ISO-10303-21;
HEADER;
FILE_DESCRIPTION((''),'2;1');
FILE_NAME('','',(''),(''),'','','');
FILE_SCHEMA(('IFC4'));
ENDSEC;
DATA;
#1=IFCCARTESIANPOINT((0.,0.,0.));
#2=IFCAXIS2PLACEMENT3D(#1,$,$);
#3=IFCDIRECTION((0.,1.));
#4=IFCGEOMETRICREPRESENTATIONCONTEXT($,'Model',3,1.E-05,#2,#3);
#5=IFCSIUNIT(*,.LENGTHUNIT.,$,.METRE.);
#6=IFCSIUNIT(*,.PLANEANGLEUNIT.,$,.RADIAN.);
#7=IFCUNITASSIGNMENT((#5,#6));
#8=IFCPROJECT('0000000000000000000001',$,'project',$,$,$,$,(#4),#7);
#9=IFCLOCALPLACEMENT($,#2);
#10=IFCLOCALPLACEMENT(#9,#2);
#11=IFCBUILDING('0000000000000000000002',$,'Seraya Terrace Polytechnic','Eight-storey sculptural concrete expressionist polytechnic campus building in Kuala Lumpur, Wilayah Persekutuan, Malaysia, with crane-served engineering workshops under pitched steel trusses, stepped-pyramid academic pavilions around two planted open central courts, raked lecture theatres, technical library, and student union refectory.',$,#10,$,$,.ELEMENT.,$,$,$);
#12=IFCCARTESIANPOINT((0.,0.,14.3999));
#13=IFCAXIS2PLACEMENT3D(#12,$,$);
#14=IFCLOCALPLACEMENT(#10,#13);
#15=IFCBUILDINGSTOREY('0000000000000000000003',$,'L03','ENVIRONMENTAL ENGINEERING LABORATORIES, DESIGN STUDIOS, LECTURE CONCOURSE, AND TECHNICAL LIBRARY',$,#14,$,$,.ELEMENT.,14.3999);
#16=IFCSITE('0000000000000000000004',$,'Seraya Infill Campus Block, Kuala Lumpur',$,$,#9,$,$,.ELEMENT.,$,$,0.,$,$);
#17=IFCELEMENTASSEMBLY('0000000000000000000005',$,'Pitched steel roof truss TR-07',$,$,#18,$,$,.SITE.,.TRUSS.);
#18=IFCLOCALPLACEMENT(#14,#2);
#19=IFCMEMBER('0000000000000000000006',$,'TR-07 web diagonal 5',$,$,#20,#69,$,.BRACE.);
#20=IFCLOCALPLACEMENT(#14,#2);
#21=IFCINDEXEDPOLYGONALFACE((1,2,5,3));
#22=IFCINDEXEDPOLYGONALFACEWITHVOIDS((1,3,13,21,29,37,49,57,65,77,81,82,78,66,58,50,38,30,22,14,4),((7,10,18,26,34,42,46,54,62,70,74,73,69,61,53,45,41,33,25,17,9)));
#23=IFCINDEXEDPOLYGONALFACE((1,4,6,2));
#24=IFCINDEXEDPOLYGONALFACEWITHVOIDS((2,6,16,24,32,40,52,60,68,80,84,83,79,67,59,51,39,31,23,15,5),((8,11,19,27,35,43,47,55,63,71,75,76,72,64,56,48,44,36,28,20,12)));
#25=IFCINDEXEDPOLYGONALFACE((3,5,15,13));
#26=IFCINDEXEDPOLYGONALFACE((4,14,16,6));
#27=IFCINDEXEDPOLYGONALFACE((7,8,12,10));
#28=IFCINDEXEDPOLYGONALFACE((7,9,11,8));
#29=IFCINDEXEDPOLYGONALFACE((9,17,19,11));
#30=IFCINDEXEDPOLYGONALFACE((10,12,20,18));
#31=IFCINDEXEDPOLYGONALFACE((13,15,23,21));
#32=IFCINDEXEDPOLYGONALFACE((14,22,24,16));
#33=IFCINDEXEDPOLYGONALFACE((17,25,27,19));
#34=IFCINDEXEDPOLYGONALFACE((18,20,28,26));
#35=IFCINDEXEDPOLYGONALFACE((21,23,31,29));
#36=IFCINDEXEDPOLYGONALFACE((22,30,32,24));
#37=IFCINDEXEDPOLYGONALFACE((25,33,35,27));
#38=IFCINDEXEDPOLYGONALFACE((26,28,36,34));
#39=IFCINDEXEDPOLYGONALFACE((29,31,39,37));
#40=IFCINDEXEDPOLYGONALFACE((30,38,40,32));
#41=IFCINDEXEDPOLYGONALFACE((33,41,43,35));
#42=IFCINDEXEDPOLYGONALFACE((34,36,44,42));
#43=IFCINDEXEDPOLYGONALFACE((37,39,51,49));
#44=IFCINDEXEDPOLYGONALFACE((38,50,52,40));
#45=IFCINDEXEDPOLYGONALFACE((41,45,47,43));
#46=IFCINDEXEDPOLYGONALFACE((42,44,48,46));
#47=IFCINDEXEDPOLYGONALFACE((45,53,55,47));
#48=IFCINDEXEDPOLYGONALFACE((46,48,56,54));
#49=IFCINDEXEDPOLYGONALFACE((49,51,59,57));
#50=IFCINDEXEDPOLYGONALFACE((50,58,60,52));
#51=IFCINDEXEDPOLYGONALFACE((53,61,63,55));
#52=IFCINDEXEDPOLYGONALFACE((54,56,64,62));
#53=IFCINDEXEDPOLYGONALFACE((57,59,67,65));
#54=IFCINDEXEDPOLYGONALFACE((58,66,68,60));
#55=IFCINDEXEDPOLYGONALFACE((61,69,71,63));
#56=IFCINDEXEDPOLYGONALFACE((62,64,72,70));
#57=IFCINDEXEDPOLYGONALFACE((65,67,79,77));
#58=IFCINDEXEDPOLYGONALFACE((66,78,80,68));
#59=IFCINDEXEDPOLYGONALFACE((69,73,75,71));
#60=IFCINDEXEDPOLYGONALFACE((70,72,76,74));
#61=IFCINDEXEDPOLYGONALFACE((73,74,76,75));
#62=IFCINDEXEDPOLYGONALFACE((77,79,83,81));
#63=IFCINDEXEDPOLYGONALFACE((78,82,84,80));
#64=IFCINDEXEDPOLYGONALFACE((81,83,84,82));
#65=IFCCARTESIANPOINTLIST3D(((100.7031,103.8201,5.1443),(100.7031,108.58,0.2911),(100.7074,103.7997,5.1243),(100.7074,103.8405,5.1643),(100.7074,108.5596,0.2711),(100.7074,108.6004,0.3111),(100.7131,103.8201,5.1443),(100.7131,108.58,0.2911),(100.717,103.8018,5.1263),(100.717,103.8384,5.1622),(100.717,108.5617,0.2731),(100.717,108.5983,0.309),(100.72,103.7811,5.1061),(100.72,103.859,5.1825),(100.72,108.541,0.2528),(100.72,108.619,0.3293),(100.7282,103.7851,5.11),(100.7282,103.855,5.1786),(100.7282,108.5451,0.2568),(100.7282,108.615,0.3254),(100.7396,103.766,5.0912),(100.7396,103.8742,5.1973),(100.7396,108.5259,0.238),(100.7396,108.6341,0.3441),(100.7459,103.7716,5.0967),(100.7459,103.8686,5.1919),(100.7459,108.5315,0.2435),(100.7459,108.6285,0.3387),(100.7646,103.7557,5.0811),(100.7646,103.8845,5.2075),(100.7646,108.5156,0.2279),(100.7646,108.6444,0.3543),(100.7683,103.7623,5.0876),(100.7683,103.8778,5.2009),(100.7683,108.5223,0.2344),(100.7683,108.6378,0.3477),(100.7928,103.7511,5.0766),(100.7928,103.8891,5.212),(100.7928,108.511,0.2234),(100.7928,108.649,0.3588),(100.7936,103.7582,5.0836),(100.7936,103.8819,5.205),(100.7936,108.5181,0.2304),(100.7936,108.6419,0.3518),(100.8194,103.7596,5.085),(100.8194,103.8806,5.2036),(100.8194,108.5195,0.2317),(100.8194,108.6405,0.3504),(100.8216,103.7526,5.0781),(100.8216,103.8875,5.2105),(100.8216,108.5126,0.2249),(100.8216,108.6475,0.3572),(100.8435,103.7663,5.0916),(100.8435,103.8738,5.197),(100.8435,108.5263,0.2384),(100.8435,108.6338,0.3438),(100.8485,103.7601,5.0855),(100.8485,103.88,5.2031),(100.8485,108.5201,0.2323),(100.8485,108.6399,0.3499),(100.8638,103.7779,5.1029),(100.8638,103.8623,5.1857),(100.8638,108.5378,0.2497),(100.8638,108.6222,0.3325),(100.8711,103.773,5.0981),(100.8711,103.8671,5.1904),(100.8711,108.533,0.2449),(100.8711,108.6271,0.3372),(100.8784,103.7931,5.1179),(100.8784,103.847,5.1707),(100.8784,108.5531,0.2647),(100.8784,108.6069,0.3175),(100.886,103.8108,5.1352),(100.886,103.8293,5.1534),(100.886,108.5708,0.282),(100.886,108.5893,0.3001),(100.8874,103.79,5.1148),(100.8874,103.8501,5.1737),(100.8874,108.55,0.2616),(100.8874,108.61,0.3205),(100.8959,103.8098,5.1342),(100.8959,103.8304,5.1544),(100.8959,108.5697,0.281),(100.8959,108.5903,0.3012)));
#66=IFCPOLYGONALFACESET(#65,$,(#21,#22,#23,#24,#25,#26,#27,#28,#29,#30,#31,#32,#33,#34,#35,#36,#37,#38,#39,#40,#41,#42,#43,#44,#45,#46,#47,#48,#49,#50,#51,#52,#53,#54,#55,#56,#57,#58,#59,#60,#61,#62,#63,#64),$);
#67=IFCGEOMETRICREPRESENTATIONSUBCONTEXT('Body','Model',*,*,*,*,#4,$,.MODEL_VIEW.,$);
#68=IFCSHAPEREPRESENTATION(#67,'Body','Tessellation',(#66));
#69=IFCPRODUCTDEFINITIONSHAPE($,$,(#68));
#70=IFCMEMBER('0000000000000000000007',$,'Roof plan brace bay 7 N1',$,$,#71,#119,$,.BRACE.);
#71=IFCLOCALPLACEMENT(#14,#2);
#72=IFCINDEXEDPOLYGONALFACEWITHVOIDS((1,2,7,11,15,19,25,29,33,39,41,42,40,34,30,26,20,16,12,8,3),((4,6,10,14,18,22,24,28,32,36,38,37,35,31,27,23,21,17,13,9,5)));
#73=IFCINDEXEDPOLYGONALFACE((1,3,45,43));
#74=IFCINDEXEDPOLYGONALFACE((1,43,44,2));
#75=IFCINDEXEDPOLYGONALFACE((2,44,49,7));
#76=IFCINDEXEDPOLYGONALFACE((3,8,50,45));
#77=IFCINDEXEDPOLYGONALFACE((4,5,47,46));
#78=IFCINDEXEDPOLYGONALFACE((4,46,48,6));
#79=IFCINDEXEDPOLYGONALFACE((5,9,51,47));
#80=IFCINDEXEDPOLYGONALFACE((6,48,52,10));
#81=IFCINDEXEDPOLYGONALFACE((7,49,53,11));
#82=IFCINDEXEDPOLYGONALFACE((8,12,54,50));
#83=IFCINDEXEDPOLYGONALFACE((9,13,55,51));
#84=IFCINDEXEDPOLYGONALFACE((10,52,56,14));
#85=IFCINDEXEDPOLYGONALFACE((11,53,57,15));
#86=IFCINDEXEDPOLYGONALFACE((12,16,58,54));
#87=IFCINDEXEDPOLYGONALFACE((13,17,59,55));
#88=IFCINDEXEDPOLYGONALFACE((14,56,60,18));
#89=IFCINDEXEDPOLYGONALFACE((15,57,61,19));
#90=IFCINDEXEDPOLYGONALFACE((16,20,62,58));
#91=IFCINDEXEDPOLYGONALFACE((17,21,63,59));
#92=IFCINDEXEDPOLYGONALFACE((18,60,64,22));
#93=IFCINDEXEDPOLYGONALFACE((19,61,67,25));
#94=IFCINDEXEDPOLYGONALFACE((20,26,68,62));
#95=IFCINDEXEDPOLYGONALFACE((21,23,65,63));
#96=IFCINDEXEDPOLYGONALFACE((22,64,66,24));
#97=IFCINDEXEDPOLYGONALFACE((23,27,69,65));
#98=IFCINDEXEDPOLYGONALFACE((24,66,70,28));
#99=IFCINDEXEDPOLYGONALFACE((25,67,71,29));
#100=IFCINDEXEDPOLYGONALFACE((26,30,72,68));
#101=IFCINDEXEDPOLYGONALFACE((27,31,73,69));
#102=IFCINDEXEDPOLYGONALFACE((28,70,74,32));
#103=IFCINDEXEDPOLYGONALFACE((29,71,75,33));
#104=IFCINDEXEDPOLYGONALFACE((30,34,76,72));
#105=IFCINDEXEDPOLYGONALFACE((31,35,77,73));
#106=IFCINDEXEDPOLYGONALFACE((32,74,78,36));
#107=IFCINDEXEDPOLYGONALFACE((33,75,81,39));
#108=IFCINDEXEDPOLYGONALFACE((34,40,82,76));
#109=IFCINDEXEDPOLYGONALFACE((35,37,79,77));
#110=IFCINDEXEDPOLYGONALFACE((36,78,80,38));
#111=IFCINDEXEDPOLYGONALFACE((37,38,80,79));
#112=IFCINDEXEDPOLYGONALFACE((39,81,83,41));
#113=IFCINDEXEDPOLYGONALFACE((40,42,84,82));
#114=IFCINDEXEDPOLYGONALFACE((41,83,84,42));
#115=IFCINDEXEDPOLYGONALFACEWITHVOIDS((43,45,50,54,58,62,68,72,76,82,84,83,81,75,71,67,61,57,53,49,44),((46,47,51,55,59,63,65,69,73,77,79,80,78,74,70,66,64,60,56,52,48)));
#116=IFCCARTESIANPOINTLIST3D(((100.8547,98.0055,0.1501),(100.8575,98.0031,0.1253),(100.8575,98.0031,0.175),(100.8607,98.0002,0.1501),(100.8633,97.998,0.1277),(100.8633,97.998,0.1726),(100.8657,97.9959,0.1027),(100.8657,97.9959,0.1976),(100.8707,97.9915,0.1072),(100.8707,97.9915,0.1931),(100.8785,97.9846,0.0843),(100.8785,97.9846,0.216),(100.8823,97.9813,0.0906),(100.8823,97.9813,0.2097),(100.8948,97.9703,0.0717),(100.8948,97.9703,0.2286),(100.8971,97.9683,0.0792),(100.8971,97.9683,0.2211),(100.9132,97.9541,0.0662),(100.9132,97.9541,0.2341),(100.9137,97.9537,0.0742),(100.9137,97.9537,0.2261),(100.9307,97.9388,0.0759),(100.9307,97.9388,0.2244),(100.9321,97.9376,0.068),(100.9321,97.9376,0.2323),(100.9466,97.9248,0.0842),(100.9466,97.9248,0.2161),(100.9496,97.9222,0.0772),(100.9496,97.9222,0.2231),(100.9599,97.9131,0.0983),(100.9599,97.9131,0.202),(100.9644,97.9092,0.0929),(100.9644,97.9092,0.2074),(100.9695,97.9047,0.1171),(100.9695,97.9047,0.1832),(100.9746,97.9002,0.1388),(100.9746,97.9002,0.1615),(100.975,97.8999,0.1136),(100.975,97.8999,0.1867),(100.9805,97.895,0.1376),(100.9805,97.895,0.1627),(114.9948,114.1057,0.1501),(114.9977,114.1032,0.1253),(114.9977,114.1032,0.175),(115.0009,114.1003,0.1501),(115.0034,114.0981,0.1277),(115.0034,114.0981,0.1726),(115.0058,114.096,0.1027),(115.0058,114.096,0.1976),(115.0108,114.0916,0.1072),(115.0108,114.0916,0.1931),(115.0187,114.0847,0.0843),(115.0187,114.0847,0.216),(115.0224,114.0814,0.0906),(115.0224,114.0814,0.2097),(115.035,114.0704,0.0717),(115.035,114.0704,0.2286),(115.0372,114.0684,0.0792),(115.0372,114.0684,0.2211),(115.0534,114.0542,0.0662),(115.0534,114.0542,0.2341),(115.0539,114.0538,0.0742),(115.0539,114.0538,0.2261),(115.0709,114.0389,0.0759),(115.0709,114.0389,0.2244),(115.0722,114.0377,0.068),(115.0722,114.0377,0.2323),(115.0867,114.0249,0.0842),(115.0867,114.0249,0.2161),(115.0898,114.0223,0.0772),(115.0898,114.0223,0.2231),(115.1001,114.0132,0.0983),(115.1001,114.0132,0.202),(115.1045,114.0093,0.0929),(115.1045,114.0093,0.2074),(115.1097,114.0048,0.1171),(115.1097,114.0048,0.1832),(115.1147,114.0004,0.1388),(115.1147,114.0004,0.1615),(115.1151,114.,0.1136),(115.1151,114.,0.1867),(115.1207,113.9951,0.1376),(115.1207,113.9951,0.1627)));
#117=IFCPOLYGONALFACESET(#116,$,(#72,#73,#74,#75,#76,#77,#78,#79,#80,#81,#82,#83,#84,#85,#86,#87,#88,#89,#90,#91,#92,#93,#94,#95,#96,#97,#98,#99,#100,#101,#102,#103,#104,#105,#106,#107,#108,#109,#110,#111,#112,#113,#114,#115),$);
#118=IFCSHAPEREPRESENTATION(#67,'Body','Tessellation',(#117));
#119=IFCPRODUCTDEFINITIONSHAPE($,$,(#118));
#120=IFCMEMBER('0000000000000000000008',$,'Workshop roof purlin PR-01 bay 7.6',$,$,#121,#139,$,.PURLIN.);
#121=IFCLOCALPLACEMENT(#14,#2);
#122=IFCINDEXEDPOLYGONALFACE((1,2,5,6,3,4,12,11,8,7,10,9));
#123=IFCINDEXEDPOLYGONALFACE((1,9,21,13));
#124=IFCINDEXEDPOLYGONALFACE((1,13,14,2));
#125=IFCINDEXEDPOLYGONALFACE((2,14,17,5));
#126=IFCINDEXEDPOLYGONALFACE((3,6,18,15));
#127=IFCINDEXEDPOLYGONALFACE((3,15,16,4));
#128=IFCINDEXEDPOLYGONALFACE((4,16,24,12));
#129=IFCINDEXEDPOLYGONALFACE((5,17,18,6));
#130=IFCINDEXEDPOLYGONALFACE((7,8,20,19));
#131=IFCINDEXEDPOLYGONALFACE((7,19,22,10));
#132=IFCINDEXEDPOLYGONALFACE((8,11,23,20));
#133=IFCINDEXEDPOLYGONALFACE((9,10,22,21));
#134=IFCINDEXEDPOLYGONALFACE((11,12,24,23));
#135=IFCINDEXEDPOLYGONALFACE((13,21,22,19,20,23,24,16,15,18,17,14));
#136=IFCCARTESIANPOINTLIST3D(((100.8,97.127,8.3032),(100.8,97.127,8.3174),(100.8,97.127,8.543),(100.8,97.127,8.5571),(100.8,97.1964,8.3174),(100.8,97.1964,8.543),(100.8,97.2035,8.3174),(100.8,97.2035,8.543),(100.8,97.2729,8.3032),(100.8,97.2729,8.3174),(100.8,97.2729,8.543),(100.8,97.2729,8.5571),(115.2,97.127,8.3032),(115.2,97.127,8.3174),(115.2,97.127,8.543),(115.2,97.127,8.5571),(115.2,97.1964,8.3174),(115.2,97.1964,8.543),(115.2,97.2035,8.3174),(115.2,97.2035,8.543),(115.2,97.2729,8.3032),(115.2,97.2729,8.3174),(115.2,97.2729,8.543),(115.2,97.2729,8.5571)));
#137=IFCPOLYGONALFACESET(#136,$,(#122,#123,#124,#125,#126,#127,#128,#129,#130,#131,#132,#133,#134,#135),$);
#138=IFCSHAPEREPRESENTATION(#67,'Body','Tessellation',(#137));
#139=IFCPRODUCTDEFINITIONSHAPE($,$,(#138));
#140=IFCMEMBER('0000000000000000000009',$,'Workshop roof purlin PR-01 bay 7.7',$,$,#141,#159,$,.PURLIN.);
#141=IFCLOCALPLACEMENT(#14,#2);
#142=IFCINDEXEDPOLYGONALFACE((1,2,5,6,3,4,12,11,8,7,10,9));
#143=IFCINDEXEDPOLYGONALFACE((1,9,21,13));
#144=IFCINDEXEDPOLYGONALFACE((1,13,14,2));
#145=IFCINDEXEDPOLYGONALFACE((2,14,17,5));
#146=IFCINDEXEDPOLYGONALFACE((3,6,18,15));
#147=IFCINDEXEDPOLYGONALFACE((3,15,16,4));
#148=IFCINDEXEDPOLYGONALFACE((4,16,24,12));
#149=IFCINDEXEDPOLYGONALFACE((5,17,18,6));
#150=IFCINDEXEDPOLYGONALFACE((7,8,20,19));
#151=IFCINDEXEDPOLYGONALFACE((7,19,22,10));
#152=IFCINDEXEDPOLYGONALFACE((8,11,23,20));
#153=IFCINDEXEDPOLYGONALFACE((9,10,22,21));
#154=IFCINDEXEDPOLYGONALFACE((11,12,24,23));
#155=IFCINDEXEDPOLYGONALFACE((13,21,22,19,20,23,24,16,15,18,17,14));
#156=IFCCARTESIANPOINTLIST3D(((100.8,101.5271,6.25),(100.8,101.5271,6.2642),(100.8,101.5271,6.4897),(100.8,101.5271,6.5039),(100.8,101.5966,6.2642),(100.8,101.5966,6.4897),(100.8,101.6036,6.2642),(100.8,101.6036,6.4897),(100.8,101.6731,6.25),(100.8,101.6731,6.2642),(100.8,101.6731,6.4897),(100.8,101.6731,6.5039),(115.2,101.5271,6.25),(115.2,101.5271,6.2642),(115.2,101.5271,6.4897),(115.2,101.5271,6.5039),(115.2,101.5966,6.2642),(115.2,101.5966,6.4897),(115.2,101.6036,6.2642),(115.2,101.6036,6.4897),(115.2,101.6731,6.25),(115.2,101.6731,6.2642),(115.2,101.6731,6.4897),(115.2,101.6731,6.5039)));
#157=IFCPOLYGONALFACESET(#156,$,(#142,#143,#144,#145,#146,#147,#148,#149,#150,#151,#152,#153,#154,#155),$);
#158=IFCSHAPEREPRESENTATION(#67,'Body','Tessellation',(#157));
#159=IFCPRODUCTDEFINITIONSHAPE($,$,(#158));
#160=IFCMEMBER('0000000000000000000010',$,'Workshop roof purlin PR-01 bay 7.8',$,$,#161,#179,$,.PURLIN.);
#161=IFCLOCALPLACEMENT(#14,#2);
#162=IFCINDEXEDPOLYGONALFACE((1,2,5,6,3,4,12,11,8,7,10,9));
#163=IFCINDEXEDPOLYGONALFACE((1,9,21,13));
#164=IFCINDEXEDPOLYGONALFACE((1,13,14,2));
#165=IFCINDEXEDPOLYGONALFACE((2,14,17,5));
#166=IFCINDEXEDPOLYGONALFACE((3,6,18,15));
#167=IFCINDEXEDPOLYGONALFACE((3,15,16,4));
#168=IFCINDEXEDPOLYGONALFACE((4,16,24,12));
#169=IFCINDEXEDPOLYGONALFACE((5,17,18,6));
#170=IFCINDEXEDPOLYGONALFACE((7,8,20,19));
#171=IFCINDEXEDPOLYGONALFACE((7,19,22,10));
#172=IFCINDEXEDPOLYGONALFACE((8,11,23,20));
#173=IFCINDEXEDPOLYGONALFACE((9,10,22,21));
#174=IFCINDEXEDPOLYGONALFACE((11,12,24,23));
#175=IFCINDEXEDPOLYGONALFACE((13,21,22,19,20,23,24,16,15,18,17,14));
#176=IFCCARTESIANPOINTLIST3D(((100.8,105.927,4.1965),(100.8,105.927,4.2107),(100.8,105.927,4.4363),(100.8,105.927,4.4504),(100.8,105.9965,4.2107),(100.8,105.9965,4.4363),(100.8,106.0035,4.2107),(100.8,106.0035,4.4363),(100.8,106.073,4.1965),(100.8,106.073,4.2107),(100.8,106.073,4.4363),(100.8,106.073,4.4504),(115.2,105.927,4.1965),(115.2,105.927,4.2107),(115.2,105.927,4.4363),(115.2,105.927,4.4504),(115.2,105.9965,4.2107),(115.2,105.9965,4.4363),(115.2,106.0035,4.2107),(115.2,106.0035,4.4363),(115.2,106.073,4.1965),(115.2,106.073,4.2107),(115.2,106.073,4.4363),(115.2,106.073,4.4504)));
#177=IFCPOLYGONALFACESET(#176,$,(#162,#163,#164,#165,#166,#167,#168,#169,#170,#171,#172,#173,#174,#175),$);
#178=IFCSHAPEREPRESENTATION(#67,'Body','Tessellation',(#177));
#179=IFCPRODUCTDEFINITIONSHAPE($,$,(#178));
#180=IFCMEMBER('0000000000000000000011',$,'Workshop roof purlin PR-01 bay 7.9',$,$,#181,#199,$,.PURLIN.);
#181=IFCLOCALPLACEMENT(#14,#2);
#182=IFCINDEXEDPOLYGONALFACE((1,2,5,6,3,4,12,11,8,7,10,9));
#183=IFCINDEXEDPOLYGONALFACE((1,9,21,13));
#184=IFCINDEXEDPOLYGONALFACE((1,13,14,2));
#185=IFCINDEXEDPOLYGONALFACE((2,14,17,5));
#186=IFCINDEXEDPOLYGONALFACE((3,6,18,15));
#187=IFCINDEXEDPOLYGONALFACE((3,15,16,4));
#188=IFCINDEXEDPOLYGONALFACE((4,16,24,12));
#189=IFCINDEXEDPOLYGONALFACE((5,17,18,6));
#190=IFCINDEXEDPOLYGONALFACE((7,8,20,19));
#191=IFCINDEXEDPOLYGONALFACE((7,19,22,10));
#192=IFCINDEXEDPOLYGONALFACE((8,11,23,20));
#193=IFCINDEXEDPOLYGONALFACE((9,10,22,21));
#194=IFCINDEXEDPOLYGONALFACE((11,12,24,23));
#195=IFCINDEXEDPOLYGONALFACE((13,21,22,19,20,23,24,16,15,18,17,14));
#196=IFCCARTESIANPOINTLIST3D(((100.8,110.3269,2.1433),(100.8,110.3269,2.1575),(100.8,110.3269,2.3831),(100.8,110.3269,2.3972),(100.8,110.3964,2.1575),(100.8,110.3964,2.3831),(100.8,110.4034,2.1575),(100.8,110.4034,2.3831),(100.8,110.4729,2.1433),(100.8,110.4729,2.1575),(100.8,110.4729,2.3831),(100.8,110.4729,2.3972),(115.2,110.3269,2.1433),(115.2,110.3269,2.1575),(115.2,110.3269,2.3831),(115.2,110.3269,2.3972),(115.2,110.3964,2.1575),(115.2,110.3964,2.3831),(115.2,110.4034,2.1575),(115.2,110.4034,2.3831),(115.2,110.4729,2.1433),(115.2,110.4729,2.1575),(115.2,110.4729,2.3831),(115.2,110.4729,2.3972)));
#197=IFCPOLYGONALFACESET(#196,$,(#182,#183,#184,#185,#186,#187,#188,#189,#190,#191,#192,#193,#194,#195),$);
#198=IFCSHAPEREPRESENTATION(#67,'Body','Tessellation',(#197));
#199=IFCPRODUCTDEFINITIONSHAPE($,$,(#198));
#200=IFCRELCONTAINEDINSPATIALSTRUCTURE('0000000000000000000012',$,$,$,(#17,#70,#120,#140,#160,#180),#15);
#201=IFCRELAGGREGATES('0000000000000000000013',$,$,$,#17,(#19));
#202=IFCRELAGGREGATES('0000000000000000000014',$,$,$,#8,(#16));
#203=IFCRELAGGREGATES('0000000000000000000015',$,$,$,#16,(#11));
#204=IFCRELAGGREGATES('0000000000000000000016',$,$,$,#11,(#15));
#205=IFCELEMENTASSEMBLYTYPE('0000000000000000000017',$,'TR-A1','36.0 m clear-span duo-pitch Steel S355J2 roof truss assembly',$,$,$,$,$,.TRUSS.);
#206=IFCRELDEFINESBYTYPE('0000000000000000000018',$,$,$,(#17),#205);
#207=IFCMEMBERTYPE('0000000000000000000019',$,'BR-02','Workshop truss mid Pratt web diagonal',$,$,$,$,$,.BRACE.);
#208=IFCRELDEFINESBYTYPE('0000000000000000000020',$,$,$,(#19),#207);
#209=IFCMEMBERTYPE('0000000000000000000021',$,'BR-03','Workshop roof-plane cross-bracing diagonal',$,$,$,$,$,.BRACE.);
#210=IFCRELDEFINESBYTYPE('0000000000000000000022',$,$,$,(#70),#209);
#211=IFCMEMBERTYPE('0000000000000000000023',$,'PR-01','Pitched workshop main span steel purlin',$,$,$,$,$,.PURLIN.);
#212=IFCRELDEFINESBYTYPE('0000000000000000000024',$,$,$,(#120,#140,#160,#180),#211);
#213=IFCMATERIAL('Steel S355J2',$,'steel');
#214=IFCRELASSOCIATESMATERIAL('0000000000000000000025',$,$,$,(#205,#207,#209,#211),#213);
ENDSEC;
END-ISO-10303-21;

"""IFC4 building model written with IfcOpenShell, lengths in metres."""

from ifc_helpers import new_model, si_unit, direction, frame, origin, origin_2d, place, context, subcontext, project, spatial, hollow_circle, i_section, extrude, material, material_profile, profile_set, type_object, element, aggregate, save


model = new_model("IFC4")

# Units and contexts
model_context = context("Model", 3, precision=1e-05, world=origin(), true_north=direction((0.0, 1.0)))
body_context = subcontext(model_context, "Body", "Model", "MODEL_VIEW")
ifc_project = project(units=[si_unit("LENGTHUNIT", "METRE"), si_unit("PLANEANGLEUNIT", "RADIAN")], contexts=[model_context])

# Site, building, storey
site_placement = place(None, origin())
site = spatial("IfcSite", under=ifc_project, at=site_placement, Name="Seraya Infill Campus Block, Kuala Lumpur", CompositionType="ELEMENT", RefElevation=0.0)
building_placement = place(site_placement, origin())
building = spatial("IfcBuilding", under=site, at=building_placement, Name="Seraya Terrace Polytechnic", Description="Eight-storey sculptural concrete expressionist polytechnic campus building in Kuala Lumpur, Wilayah Persekutuan, Malaysia, with crane-served engineering workshops under pitched steel trusses, stepped-pyramid academic pavilions around two planted open central courts, raked lecture theatres, technical library, and student union refectory.", CompositionType="ELEMENT")
storey_placement = place(building_placement, frame((0.0, 0.0, 14.3999)))
storey = spatial("IfcBuildingStorey", under=building, at=storey_placement, Name="L03", Description="ENVIRONMENTAL ENGINEERING LABORATORIES, DESIGN STUDIOS, LECTURE CONCOURSE, AND TECHNICAL LIBRARY", CompositionType="ELEMENT", Elevation=14.3999)

# Element assembly, member
ifc_material_1 = material(Name="Steel S355J2", Category="steel")
element_assembly_type = type_object("IfcElementAssemblyType", Name="TR-A1", Description="36.0 m clear-span duo-pitch Steel S355J2 roof truss assembly", PredefinedType="TRUSS", material=ifc_material_1)
assembly_placement = place(storey_placement, origin())
assembly = element("IfcElementAssembly", 1, at=assembly_placement, inside=storey, type_object=element_assembly_type, Name="Pitched steel roof truss TR-07", AssemblyPlace="SITE", PredefinedType="TRUSS")
ifc_material_profile_1 = material_profile(ifc_material_1, hollow_circle(Radius=0.0969, WallThickness=0.01, at=origin_2d()), Name="CHS 193.7x10.0")
ifc_profile_set_1 = profile_set([ifc_material_profile_1], Name="Steel S355J2")
member_type_1 = type_object("IfcMemberType", Name="BR-02", Description="Workshop truss mid Pratt web diagonal", PredefinedType="BRACE", material=ifc_profile_set_1)
member_1_placement = place(storey_placement, frame((100.8, 103.8201, 5.1443), z_axis=(0.0, 0.700214, -0.713933), x_axis=(-1.0, 0.0, 0.0)))
member_1 = element("IfcMember", 2, at=member_1_placement, type_object=member_type_1, Name="TR-07 web diagonal 5", PredefinedType="BRACE", context=body_context, shape_type="SweptSolid", body=[
    extrude(hollow_circle(Radius=0.0969, WallThickness=0.01, at=origin_2d()), origin(), (0.0, 0.0, 1.0), 6.7979),
])

# Members
ifc_material_profile_2 = material_profile(ifc_material_1, hollow_circle(Radius=0.0842, WallThickness=0.0081, at=origin_2d()), Name="CHS 168.3x8.0")
ifc_profile_set_2 = profile_set([ifc_material_profile_2], Name="Steel S355J2")
member_type_2 = type_object("IfcMemberType", Name="BR-03", Description="Workshop roof-plane cross-bracing diagonal", PredefinedType="BRACE", material=ifc_profile_set_2)
member_2_placement = place(storey_placement, frame((100.918, 97.95, 0.1501), z_axis=(0.659892, 0.75136, 0.0), x_axis=(-0.75136, 0.659892, 0.0)))
element("IfcMember", 3, at=member_2_placement, inside=storey, type_object=member_type_2, Name="Roof plan brace bay 7 N1", PredefinedType="BRACE", context=body_context, shape_type="SweptSolid", body=[
    extrude(hollow_circle(Radius=0.0842, WallThickness=0.0081, at=origin_2d()), origin(), (0.0, 0.0, 1.0), 21.428),
])
ifc_material_profile_3 = material_profile(ifc_material_1, i_section(OverallWidth=0.146, OverallDepth=0.2539, WebThickness=0.0071, FlangeThickness=0.0142, at=origin_2d()), Name="UKB 254x146x7.2x14.2")
ifc_profile_set_3 = profile_set([ifc_material_profile_3], Name="Steel S355J2")
member_type_3 = type_object("IfcMemberType", Name="PR-01", Description="Pitched workshop main span steel purlin", PredefinedType="PURLIN", material=ifc_profile_set_3)
for number, where, z_axis, x_axis, name in (
    (4, (100.8, 97.2, 8.4302), (1.0, 0.0, 0.0), (0.0, 1.0, 0.0), "Workshop roof purlin PR-01 bay 7.6"),
    (5, (100.8, 101.6001, 6.377), (1.0, 0.0, 0.0), (0.0, 1.0, 0.0), "Workshop roof purlin PR-01 bay 7.7"),
    (6, (100.8, 106.0, 4.3235), (1.0, 0.0, 0.0), (0.0, 1.0, 0.0), "Workshop roof purlin PR-01 bay 7.8"),
    (7, (100.8, 110.3999, 2.2703), (1.0, 0.0, 0.0), (0.0, 1.0, 0.0), "Workshop roof purlin PR-01 bay 7.9"),
):
    element("IfcMember", number, at=place(storey_placement, frame(where, z_axis=z_axis, x_axis=x_axis)), inside=storey, type_object=member_type_3, Name=name, PredefinedType="PURLIN", context=body_context, shape_type="SweptSolid", body=[
        extrude(i_section(OverallWidth=0.146, OverallDepth=0.2539, WebThickness=0.0071, FlangeThickness=0.0142, at=origin_2d()), origin(), (0.0, 0.0, 1.0), 14.3999),
    ])

aggregate(assembly, [member_1])

save(model, "model.ifc")
